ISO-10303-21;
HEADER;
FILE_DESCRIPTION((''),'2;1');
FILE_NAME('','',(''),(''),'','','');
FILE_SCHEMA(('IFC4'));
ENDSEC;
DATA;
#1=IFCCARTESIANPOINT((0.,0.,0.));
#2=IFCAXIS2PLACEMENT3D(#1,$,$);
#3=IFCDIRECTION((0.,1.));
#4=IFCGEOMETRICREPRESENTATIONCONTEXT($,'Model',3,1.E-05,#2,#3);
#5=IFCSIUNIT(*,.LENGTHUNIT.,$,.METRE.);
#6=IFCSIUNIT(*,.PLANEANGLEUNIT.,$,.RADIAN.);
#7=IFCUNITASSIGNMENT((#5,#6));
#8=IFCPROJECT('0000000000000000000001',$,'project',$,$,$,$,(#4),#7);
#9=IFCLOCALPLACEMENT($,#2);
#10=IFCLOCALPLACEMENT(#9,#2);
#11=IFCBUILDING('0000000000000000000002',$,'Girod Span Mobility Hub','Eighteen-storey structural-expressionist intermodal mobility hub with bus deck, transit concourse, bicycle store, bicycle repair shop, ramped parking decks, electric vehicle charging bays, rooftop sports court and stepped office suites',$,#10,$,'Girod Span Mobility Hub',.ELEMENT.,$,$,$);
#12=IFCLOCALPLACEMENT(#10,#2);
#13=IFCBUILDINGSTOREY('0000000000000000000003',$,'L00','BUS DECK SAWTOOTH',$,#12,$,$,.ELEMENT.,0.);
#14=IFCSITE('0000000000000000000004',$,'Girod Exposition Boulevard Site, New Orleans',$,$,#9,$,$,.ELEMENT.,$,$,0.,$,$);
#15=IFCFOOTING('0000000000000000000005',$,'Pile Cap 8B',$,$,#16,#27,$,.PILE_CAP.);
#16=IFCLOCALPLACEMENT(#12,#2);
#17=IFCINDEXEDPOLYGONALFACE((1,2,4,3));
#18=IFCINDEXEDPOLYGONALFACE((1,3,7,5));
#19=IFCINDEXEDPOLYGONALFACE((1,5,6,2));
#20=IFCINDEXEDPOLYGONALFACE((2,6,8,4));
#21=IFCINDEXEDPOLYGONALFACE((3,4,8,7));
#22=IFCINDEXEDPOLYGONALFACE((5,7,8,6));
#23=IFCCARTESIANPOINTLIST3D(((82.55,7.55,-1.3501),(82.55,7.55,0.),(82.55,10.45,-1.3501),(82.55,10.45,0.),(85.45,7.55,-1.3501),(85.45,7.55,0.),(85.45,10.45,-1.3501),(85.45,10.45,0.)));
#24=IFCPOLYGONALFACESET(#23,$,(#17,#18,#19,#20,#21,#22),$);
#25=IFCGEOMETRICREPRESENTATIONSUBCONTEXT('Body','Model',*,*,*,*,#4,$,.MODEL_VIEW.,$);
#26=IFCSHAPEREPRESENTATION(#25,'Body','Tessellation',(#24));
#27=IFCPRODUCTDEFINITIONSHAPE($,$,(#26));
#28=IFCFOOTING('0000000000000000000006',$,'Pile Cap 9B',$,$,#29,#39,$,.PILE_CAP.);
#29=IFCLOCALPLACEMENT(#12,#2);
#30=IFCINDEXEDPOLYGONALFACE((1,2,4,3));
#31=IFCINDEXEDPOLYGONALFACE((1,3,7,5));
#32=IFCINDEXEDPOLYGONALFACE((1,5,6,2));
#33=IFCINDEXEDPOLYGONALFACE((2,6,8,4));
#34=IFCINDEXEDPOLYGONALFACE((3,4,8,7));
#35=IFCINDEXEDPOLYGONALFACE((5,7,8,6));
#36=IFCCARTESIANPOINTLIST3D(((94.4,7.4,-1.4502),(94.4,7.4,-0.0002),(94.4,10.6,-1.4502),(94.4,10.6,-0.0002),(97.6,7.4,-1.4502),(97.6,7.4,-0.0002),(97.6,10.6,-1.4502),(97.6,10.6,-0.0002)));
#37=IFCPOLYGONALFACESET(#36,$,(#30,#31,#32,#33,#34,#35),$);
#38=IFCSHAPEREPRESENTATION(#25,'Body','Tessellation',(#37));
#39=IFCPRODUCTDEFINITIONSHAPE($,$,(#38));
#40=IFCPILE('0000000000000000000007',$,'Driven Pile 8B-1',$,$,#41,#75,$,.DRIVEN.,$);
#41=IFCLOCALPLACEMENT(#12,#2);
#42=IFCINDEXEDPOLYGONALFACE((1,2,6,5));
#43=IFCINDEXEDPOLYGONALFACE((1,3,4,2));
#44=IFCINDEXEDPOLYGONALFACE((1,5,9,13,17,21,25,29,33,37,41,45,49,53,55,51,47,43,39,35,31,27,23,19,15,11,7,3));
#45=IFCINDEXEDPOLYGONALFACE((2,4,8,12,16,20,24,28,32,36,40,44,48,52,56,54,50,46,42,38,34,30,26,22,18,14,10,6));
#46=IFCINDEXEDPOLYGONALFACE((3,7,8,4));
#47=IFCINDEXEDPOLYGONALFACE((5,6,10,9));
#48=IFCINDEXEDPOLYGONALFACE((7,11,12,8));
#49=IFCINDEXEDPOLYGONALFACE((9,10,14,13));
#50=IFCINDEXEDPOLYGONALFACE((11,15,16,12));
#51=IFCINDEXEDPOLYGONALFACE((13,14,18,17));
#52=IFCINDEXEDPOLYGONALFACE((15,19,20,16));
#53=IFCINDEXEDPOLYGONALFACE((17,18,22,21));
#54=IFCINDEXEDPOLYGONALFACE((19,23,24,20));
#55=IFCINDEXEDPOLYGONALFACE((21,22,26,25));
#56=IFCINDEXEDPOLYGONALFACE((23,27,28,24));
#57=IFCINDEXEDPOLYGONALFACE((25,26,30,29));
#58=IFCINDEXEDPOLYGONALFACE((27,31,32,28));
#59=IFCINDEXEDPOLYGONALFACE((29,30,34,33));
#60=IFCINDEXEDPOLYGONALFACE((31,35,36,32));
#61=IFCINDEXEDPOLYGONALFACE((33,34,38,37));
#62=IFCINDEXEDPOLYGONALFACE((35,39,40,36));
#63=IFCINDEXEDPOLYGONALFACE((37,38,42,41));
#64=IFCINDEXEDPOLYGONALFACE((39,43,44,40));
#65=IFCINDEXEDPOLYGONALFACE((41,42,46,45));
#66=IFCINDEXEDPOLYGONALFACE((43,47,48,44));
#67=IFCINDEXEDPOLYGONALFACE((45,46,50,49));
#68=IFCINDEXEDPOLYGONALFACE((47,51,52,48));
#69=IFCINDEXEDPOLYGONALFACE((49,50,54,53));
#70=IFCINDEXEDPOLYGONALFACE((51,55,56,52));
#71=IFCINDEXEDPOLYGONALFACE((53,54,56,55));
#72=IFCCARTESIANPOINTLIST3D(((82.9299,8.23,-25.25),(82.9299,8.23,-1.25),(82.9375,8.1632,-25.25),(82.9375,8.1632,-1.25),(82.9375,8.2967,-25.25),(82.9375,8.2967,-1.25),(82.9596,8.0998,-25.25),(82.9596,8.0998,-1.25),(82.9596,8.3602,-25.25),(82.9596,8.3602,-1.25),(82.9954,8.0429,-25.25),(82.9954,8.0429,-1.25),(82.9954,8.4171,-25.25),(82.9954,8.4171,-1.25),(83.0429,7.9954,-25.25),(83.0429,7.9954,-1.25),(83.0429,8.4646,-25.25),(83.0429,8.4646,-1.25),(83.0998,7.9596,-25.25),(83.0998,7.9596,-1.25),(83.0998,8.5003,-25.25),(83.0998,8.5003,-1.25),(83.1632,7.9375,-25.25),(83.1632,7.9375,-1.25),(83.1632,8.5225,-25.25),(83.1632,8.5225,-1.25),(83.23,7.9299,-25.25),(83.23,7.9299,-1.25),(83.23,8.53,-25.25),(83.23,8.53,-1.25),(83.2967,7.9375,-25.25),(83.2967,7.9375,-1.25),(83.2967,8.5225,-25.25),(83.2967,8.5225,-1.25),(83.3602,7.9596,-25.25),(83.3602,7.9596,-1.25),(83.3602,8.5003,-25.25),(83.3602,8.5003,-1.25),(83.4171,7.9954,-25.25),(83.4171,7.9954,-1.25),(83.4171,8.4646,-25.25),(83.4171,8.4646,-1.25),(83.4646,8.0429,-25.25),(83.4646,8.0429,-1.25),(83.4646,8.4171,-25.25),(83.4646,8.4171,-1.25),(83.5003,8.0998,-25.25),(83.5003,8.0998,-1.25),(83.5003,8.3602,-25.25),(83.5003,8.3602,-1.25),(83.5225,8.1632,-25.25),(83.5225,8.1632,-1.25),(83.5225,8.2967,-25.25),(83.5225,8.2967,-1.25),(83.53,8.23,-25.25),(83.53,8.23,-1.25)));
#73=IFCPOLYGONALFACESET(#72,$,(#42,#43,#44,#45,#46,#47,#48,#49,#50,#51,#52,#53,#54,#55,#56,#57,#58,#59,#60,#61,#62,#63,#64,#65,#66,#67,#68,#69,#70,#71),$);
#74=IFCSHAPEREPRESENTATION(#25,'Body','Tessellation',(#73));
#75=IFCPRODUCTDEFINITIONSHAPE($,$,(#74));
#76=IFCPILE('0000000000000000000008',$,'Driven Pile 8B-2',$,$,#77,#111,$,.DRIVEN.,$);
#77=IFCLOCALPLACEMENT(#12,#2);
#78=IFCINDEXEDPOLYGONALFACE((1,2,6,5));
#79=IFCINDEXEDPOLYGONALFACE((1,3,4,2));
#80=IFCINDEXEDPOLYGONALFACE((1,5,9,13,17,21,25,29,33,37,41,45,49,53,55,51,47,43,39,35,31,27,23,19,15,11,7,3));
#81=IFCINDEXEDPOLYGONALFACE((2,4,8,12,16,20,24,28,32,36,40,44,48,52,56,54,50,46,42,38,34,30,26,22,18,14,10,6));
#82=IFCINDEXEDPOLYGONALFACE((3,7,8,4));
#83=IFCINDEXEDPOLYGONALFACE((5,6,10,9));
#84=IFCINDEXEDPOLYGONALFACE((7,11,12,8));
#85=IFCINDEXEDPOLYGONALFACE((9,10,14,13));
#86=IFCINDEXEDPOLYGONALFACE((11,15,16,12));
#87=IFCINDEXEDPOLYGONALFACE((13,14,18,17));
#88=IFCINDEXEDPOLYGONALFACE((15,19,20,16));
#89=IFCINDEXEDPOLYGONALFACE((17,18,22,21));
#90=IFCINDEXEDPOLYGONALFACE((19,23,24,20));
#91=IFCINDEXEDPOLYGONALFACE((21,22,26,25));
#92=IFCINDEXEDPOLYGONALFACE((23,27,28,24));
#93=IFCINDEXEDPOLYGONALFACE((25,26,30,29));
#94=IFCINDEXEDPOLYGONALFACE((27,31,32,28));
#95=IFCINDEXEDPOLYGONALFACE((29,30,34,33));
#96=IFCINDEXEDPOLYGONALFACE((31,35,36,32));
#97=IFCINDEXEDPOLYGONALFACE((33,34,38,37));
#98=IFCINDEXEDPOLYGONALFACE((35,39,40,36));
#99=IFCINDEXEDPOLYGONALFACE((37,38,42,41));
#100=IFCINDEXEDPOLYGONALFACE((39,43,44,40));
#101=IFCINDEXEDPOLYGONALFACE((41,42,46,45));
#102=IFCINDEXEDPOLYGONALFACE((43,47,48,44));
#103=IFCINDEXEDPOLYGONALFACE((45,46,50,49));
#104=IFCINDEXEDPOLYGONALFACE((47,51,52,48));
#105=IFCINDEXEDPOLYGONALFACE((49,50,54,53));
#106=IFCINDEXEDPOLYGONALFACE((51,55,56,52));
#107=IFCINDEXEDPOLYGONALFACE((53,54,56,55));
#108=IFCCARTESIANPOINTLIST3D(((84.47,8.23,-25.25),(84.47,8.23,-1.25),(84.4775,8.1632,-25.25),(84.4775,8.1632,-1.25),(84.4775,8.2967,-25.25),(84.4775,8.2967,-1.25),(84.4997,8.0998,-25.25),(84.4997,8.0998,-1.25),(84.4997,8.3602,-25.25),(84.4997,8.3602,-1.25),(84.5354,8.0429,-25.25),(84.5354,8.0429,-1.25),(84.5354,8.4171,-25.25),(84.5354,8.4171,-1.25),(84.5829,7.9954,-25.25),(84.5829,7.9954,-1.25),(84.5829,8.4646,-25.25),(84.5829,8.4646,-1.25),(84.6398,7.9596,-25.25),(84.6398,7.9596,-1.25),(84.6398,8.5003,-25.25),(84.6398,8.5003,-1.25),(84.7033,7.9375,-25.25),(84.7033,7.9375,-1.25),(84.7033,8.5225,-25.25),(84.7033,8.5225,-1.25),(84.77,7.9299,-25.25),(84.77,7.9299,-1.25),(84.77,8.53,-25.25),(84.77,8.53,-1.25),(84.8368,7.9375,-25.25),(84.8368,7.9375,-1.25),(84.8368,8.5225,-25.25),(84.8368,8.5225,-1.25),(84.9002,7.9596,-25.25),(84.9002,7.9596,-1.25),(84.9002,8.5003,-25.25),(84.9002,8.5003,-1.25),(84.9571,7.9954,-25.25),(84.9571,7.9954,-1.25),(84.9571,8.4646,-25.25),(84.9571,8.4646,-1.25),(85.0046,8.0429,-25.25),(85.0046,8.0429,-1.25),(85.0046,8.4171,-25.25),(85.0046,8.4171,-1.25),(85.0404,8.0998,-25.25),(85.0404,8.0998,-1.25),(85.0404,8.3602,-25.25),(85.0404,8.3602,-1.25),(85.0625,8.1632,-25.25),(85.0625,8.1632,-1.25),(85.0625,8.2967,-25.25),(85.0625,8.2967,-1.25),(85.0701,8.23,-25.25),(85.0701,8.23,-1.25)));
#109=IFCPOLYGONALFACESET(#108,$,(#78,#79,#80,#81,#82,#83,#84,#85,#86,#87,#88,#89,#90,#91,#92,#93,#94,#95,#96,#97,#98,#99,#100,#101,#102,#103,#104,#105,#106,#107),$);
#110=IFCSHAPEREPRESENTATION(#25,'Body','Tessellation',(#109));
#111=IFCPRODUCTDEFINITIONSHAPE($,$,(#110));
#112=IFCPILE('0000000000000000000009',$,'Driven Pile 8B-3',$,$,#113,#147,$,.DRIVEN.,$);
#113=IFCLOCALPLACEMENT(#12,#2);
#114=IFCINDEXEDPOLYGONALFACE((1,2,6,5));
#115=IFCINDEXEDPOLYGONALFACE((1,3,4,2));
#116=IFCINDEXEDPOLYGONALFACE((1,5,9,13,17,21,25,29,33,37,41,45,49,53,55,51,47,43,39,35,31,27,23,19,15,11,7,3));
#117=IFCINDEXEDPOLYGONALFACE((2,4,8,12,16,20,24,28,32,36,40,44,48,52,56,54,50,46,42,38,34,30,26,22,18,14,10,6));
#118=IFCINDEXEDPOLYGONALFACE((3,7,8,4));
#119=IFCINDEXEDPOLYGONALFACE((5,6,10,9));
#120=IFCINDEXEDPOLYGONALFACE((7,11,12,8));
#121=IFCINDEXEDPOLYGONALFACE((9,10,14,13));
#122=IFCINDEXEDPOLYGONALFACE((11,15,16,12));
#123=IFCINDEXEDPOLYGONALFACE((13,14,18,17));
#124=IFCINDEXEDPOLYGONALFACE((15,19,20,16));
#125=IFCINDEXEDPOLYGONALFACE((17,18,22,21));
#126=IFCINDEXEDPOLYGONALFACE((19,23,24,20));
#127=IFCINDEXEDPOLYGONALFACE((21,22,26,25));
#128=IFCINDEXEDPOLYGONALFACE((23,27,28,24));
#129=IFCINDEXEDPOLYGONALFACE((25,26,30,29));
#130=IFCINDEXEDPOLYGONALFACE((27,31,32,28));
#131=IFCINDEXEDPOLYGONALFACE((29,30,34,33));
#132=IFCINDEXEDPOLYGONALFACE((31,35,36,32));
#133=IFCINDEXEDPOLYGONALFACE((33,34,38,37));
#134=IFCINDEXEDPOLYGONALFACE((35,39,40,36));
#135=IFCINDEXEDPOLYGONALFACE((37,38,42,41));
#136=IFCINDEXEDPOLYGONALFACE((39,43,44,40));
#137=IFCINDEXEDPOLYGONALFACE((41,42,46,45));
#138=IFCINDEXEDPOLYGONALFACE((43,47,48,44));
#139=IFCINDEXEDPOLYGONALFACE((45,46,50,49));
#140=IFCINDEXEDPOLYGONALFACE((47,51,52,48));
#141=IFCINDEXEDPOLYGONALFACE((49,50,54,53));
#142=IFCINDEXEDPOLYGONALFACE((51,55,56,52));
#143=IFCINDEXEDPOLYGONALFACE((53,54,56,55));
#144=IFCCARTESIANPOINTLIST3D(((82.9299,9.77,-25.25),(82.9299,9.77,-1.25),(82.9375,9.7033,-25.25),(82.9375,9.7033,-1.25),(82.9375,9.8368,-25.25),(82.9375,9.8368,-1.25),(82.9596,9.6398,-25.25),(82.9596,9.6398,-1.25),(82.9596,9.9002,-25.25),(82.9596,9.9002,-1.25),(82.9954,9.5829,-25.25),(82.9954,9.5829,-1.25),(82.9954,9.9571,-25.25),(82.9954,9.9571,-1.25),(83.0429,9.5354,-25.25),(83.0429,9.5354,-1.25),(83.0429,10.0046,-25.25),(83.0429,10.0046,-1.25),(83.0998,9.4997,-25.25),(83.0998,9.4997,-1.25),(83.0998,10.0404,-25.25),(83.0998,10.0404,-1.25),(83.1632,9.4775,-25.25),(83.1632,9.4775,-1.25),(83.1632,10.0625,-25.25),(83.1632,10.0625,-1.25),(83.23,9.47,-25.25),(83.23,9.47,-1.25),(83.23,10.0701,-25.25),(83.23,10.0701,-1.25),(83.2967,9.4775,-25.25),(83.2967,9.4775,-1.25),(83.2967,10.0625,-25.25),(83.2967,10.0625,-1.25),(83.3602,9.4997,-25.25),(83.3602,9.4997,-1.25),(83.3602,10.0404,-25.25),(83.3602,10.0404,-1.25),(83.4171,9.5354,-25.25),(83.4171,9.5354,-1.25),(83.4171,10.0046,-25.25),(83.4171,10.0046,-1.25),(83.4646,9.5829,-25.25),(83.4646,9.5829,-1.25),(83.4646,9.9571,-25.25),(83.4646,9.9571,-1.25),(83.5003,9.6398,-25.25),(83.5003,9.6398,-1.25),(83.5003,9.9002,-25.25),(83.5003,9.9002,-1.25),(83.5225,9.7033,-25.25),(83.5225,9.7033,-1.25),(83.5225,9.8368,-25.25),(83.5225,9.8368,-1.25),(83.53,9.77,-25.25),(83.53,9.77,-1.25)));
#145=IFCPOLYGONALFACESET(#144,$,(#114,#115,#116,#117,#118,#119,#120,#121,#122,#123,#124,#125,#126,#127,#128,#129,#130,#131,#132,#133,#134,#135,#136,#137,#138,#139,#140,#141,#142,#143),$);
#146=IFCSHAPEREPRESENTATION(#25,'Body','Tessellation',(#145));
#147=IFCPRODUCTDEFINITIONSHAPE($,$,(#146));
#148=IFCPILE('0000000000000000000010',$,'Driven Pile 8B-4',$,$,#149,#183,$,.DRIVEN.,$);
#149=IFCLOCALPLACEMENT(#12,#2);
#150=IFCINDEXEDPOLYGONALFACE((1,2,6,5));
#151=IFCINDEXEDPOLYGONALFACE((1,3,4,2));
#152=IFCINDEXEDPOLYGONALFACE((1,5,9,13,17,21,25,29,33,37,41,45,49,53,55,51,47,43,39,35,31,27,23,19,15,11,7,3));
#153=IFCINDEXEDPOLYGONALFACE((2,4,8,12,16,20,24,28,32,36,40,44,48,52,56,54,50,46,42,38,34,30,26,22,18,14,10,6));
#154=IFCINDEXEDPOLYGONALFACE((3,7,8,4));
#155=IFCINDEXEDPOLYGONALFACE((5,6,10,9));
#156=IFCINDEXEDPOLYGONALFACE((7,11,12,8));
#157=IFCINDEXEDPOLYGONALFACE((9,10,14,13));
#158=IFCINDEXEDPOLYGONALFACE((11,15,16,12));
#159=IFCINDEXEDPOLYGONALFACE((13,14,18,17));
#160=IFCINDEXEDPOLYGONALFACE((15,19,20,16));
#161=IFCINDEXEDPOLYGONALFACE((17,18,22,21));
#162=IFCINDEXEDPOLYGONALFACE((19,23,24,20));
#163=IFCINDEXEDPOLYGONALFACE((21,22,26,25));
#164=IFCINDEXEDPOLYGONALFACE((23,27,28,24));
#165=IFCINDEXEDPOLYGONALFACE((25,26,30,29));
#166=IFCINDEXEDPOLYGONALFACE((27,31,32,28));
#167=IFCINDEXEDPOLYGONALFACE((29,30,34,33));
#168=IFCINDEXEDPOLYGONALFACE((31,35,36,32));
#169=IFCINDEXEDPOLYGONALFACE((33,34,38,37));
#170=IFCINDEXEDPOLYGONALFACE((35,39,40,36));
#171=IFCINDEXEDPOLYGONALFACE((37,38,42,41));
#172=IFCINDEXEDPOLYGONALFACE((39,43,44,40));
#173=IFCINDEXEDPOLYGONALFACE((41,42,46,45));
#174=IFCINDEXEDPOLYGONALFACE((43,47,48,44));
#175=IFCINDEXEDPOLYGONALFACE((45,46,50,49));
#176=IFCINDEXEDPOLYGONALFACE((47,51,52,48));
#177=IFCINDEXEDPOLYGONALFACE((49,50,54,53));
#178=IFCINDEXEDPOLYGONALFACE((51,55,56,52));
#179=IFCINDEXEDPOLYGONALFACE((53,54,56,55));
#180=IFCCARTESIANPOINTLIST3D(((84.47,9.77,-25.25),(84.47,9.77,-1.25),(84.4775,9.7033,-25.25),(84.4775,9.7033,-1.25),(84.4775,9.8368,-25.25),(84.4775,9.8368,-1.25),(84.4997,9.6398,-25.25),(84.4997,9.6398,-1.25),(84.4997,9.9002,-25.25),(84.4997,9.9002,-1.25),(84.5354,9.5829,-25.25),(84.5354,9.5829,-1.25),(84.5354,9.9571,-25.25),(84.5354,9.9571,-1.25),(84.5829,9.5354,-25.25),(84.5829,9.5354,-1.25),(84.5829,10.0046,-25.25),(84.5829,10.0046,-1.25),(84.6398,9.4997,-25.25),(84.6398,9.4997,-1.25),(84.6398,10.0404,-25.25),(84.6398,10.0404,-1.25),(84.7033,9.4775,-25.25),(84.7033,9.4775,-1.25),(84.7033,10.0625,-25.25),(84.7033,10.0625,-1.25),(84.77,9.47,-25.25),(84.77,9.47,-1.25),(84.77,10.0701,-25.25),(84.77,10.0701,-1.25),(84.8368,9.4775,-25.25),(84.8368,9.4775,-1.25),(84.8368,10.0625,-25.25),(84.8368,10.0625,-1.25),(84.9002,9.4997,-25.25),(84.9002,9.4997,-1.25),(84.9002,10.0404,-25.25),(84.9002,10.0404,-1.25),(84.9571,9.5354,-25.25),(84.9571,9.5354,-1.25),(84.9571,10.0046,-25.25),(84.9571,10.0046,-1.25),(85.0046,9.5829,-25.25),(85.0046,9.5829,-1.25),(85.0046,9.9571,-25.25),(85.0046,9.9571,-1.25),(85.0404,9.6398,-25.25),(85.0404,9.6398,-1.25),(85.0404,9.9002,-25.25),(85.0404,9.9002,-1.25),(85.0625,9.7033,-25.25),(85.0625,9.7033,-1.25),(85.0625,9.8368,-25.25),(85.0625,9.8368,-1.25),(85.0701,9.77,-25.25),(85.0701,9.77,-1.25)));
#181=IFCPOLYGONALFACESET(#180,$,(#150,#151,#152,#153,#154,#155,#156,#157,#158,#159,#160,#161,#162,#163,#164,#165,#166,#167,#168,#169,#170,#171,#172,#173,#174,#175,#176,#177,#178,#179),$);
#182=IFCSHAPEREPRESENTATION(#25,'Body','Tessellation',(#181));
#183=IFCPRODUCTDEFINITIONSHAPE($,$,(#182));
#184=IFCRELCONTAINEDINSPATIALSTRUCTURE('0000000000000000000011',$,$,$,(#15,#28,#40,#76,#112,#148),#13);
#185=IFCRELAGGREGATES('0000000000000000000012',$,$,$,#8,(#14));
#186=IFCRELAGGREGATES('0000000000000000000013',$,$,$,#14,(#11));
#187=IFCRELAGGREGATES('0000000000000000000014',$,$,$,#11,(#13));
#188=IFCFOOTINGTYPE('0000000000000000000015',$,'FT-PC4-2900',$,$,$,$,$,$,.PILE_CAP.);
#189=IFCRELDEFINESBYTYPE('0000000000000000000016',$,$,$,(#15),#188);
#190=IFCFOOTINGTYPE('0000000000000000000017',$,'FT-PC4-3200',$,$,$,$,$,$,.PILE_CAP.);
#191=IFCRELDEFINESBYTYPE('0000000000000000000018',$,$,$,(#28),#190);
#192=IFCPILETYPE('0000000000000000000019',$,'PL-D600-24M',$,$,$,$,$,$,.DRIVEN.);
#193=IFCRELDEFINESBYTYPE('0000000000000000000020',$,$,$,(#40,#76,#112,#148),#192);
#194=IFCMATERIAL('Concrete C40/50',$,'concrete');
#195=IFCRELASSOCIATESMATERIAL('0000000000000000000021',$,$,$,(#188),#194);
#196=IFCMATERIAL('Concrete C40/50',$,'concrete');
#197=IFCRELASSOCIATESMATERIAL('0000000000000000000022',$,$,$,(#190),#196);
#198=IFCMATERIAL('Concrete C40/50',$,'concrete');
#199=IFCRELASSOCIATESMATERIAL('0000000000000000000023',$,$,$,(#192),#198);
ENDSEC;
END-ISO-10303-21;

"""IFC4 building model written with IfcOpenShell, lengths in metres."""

from ifc_helpers import new_model, si_unit, direction, frame, origin, origin_2d, place, context, subcontext, project, spatial, rectangle, circle, extrude, material, material_profile, profile_set, type_object, element, save


model = new_model("IFC4")

# Units and contexts
model_context = context("Model", 3, precision=1e-05, world=origin(), true_north=direction((0.0, 1.0)))
body_context = subcontext(model_context, "Body", "Model", "MODEL_VIEW")
ifc_project = project(units=[si_unit("LENGTHUNIT", "METRE"), si_unit("PLANEANGLEUNIT", "RADIAN")], contexts=[model_context])

# Site, building, storey
site_placement = place(None, origin())
site = spatial("IfcSite", under=ifc_project, at=site_placement, Name="Girod Exposition Boulevard Site, New Orleans", CompositionType="ELEMENT", RefElevation=0.0)
building_placement = place(site_placement, origin())
building = spatial("IfcBuilding", under=site, at=building_placement, Name="Girod Span Mobility Hub", Description="Eighteen-storey structural-expressionist intermodal mobility hub with bus deck, transit concourse, bicycle store, bicycle repair shop, ramped parking decks, electric vehicle charging bays, rooftop sports court and stepped office suites", LongName="Girod Span Mobility Hub", CompositionType="ELEMENT")
storey_placement = place(building_placement, origin())
storey = spatial("IfcBuildingStorey", under=building, at=storey_placement, Name="L00", Description="BUS DECK SAWTOOTH", CompositionType="ELEMENT", Elevation=0.0)

# Footings
ifc_material_1 = material(Name="Concrete C40/50", Category="concrete")
footing_type_1 = type_object("IfcFootingType", Name="FT-PC4-2900", PredefinedType="PILE_CAP", material=ifc_material_1)
footing_1_placement = place(storey_placement, frame((84.0, 9.0, -1.3501), z_axis=(0.0, 0.0, 1.0), x_axis=(1.0, 0.0, 0.0)))
element("IfcFooting", 1, at=footing_1_placement, inside=storey, type_object=footing_type_1, Name="Pile Cap 8B", PredefinedType="PILE_CAP", context=body_context, shape_type="SweptSolid", body=[
    extrude(rectangle(XDim=2.8999, YDim=2.8999, at=origin_2d()), origin(), (0.0, 0.0, 1.0), 1.3501),
])
ifc_material_2 = material(Name="Concrete C40/50", Category="concrete")
footing_type_2 = type_object("IfcFootingType", Name="FT-PC4-3200", PredefinedType="PILE_CAP", material=ifc_material_2)
footing_2_placement = place(storey_placement, frame((96.0, 9.0, -1.4502), z_axis=(0.0, 0.0, 1.0), x_axis=(1.0, 0.0, 0.0)))
element("IfcFooting", 2, at=footing_2_placement, inside=storey, type_object=footing_type_2, Name="Pile Cap 9B", PredefinedType="PILE_CAP", context=body_context, shape_type="SweptSolid", body=[
    extrude(rectangle(XDim=3.2, YDim=3.2, at=origin_2d()), origin(), (0.0, 0.0, 1.0), 1.45),
])

# Piles
ifc_material_3 = material(Name="Concrete C40/50", Category="concrete")
ifc_material_profile_1 = material_profile(ifc_material_3, circle(Radius=0.3, at=origin_2d()), Name="PILE-D600")
ifc_profile_set_1 = profile_set([ifc_material_profile_1], Name="Concrete C40/50")
pile_type = type_object("IfcPileType", Name="PL-D600-24M", PredefinedType="DRIVEN", material=ifc_profile_set_1)
for number, where, z_axis, x_axis, name in (
    (3, (83.23, 8.23, -1.25), (0.0, 0.0, -1.0), (1.0, 0.0, 0.0), "Driven Pile 8B-1"),
    (4, (84.77, 8.23, -1.25), (0.0, 0.0, -1.0), (1.0, 0.0, 0.0), "Driven Pile 8B-2"),
    (5, (83.23, 9.77, -1.25), (0.0, 0.0, -1.0), (1.0, 0.0, 0.0), "Driven Pile 8B-3"),
    (6, (84.77, 9.77, -1.25), (0.0, 0.0, -1.0), (1.0, 0.0, 0.0), "Driven Pile 8B-4"),
):
    element("IfcPile", number, at=place(storey_placement, frame(where, z_axis=z_axis, x_axis=x_axis)), inside=storey, type_object=pile_type, Name=name, PredefinedType="DRIVEN", context=body_context, shape_type="SweptSolid", body=[
        extrude(circle(Radius=0.3, at=origin_2d()), origin(), (0.0, 0.0, 1.0), 24.0),
    ])

save(model, "model.ifc")
